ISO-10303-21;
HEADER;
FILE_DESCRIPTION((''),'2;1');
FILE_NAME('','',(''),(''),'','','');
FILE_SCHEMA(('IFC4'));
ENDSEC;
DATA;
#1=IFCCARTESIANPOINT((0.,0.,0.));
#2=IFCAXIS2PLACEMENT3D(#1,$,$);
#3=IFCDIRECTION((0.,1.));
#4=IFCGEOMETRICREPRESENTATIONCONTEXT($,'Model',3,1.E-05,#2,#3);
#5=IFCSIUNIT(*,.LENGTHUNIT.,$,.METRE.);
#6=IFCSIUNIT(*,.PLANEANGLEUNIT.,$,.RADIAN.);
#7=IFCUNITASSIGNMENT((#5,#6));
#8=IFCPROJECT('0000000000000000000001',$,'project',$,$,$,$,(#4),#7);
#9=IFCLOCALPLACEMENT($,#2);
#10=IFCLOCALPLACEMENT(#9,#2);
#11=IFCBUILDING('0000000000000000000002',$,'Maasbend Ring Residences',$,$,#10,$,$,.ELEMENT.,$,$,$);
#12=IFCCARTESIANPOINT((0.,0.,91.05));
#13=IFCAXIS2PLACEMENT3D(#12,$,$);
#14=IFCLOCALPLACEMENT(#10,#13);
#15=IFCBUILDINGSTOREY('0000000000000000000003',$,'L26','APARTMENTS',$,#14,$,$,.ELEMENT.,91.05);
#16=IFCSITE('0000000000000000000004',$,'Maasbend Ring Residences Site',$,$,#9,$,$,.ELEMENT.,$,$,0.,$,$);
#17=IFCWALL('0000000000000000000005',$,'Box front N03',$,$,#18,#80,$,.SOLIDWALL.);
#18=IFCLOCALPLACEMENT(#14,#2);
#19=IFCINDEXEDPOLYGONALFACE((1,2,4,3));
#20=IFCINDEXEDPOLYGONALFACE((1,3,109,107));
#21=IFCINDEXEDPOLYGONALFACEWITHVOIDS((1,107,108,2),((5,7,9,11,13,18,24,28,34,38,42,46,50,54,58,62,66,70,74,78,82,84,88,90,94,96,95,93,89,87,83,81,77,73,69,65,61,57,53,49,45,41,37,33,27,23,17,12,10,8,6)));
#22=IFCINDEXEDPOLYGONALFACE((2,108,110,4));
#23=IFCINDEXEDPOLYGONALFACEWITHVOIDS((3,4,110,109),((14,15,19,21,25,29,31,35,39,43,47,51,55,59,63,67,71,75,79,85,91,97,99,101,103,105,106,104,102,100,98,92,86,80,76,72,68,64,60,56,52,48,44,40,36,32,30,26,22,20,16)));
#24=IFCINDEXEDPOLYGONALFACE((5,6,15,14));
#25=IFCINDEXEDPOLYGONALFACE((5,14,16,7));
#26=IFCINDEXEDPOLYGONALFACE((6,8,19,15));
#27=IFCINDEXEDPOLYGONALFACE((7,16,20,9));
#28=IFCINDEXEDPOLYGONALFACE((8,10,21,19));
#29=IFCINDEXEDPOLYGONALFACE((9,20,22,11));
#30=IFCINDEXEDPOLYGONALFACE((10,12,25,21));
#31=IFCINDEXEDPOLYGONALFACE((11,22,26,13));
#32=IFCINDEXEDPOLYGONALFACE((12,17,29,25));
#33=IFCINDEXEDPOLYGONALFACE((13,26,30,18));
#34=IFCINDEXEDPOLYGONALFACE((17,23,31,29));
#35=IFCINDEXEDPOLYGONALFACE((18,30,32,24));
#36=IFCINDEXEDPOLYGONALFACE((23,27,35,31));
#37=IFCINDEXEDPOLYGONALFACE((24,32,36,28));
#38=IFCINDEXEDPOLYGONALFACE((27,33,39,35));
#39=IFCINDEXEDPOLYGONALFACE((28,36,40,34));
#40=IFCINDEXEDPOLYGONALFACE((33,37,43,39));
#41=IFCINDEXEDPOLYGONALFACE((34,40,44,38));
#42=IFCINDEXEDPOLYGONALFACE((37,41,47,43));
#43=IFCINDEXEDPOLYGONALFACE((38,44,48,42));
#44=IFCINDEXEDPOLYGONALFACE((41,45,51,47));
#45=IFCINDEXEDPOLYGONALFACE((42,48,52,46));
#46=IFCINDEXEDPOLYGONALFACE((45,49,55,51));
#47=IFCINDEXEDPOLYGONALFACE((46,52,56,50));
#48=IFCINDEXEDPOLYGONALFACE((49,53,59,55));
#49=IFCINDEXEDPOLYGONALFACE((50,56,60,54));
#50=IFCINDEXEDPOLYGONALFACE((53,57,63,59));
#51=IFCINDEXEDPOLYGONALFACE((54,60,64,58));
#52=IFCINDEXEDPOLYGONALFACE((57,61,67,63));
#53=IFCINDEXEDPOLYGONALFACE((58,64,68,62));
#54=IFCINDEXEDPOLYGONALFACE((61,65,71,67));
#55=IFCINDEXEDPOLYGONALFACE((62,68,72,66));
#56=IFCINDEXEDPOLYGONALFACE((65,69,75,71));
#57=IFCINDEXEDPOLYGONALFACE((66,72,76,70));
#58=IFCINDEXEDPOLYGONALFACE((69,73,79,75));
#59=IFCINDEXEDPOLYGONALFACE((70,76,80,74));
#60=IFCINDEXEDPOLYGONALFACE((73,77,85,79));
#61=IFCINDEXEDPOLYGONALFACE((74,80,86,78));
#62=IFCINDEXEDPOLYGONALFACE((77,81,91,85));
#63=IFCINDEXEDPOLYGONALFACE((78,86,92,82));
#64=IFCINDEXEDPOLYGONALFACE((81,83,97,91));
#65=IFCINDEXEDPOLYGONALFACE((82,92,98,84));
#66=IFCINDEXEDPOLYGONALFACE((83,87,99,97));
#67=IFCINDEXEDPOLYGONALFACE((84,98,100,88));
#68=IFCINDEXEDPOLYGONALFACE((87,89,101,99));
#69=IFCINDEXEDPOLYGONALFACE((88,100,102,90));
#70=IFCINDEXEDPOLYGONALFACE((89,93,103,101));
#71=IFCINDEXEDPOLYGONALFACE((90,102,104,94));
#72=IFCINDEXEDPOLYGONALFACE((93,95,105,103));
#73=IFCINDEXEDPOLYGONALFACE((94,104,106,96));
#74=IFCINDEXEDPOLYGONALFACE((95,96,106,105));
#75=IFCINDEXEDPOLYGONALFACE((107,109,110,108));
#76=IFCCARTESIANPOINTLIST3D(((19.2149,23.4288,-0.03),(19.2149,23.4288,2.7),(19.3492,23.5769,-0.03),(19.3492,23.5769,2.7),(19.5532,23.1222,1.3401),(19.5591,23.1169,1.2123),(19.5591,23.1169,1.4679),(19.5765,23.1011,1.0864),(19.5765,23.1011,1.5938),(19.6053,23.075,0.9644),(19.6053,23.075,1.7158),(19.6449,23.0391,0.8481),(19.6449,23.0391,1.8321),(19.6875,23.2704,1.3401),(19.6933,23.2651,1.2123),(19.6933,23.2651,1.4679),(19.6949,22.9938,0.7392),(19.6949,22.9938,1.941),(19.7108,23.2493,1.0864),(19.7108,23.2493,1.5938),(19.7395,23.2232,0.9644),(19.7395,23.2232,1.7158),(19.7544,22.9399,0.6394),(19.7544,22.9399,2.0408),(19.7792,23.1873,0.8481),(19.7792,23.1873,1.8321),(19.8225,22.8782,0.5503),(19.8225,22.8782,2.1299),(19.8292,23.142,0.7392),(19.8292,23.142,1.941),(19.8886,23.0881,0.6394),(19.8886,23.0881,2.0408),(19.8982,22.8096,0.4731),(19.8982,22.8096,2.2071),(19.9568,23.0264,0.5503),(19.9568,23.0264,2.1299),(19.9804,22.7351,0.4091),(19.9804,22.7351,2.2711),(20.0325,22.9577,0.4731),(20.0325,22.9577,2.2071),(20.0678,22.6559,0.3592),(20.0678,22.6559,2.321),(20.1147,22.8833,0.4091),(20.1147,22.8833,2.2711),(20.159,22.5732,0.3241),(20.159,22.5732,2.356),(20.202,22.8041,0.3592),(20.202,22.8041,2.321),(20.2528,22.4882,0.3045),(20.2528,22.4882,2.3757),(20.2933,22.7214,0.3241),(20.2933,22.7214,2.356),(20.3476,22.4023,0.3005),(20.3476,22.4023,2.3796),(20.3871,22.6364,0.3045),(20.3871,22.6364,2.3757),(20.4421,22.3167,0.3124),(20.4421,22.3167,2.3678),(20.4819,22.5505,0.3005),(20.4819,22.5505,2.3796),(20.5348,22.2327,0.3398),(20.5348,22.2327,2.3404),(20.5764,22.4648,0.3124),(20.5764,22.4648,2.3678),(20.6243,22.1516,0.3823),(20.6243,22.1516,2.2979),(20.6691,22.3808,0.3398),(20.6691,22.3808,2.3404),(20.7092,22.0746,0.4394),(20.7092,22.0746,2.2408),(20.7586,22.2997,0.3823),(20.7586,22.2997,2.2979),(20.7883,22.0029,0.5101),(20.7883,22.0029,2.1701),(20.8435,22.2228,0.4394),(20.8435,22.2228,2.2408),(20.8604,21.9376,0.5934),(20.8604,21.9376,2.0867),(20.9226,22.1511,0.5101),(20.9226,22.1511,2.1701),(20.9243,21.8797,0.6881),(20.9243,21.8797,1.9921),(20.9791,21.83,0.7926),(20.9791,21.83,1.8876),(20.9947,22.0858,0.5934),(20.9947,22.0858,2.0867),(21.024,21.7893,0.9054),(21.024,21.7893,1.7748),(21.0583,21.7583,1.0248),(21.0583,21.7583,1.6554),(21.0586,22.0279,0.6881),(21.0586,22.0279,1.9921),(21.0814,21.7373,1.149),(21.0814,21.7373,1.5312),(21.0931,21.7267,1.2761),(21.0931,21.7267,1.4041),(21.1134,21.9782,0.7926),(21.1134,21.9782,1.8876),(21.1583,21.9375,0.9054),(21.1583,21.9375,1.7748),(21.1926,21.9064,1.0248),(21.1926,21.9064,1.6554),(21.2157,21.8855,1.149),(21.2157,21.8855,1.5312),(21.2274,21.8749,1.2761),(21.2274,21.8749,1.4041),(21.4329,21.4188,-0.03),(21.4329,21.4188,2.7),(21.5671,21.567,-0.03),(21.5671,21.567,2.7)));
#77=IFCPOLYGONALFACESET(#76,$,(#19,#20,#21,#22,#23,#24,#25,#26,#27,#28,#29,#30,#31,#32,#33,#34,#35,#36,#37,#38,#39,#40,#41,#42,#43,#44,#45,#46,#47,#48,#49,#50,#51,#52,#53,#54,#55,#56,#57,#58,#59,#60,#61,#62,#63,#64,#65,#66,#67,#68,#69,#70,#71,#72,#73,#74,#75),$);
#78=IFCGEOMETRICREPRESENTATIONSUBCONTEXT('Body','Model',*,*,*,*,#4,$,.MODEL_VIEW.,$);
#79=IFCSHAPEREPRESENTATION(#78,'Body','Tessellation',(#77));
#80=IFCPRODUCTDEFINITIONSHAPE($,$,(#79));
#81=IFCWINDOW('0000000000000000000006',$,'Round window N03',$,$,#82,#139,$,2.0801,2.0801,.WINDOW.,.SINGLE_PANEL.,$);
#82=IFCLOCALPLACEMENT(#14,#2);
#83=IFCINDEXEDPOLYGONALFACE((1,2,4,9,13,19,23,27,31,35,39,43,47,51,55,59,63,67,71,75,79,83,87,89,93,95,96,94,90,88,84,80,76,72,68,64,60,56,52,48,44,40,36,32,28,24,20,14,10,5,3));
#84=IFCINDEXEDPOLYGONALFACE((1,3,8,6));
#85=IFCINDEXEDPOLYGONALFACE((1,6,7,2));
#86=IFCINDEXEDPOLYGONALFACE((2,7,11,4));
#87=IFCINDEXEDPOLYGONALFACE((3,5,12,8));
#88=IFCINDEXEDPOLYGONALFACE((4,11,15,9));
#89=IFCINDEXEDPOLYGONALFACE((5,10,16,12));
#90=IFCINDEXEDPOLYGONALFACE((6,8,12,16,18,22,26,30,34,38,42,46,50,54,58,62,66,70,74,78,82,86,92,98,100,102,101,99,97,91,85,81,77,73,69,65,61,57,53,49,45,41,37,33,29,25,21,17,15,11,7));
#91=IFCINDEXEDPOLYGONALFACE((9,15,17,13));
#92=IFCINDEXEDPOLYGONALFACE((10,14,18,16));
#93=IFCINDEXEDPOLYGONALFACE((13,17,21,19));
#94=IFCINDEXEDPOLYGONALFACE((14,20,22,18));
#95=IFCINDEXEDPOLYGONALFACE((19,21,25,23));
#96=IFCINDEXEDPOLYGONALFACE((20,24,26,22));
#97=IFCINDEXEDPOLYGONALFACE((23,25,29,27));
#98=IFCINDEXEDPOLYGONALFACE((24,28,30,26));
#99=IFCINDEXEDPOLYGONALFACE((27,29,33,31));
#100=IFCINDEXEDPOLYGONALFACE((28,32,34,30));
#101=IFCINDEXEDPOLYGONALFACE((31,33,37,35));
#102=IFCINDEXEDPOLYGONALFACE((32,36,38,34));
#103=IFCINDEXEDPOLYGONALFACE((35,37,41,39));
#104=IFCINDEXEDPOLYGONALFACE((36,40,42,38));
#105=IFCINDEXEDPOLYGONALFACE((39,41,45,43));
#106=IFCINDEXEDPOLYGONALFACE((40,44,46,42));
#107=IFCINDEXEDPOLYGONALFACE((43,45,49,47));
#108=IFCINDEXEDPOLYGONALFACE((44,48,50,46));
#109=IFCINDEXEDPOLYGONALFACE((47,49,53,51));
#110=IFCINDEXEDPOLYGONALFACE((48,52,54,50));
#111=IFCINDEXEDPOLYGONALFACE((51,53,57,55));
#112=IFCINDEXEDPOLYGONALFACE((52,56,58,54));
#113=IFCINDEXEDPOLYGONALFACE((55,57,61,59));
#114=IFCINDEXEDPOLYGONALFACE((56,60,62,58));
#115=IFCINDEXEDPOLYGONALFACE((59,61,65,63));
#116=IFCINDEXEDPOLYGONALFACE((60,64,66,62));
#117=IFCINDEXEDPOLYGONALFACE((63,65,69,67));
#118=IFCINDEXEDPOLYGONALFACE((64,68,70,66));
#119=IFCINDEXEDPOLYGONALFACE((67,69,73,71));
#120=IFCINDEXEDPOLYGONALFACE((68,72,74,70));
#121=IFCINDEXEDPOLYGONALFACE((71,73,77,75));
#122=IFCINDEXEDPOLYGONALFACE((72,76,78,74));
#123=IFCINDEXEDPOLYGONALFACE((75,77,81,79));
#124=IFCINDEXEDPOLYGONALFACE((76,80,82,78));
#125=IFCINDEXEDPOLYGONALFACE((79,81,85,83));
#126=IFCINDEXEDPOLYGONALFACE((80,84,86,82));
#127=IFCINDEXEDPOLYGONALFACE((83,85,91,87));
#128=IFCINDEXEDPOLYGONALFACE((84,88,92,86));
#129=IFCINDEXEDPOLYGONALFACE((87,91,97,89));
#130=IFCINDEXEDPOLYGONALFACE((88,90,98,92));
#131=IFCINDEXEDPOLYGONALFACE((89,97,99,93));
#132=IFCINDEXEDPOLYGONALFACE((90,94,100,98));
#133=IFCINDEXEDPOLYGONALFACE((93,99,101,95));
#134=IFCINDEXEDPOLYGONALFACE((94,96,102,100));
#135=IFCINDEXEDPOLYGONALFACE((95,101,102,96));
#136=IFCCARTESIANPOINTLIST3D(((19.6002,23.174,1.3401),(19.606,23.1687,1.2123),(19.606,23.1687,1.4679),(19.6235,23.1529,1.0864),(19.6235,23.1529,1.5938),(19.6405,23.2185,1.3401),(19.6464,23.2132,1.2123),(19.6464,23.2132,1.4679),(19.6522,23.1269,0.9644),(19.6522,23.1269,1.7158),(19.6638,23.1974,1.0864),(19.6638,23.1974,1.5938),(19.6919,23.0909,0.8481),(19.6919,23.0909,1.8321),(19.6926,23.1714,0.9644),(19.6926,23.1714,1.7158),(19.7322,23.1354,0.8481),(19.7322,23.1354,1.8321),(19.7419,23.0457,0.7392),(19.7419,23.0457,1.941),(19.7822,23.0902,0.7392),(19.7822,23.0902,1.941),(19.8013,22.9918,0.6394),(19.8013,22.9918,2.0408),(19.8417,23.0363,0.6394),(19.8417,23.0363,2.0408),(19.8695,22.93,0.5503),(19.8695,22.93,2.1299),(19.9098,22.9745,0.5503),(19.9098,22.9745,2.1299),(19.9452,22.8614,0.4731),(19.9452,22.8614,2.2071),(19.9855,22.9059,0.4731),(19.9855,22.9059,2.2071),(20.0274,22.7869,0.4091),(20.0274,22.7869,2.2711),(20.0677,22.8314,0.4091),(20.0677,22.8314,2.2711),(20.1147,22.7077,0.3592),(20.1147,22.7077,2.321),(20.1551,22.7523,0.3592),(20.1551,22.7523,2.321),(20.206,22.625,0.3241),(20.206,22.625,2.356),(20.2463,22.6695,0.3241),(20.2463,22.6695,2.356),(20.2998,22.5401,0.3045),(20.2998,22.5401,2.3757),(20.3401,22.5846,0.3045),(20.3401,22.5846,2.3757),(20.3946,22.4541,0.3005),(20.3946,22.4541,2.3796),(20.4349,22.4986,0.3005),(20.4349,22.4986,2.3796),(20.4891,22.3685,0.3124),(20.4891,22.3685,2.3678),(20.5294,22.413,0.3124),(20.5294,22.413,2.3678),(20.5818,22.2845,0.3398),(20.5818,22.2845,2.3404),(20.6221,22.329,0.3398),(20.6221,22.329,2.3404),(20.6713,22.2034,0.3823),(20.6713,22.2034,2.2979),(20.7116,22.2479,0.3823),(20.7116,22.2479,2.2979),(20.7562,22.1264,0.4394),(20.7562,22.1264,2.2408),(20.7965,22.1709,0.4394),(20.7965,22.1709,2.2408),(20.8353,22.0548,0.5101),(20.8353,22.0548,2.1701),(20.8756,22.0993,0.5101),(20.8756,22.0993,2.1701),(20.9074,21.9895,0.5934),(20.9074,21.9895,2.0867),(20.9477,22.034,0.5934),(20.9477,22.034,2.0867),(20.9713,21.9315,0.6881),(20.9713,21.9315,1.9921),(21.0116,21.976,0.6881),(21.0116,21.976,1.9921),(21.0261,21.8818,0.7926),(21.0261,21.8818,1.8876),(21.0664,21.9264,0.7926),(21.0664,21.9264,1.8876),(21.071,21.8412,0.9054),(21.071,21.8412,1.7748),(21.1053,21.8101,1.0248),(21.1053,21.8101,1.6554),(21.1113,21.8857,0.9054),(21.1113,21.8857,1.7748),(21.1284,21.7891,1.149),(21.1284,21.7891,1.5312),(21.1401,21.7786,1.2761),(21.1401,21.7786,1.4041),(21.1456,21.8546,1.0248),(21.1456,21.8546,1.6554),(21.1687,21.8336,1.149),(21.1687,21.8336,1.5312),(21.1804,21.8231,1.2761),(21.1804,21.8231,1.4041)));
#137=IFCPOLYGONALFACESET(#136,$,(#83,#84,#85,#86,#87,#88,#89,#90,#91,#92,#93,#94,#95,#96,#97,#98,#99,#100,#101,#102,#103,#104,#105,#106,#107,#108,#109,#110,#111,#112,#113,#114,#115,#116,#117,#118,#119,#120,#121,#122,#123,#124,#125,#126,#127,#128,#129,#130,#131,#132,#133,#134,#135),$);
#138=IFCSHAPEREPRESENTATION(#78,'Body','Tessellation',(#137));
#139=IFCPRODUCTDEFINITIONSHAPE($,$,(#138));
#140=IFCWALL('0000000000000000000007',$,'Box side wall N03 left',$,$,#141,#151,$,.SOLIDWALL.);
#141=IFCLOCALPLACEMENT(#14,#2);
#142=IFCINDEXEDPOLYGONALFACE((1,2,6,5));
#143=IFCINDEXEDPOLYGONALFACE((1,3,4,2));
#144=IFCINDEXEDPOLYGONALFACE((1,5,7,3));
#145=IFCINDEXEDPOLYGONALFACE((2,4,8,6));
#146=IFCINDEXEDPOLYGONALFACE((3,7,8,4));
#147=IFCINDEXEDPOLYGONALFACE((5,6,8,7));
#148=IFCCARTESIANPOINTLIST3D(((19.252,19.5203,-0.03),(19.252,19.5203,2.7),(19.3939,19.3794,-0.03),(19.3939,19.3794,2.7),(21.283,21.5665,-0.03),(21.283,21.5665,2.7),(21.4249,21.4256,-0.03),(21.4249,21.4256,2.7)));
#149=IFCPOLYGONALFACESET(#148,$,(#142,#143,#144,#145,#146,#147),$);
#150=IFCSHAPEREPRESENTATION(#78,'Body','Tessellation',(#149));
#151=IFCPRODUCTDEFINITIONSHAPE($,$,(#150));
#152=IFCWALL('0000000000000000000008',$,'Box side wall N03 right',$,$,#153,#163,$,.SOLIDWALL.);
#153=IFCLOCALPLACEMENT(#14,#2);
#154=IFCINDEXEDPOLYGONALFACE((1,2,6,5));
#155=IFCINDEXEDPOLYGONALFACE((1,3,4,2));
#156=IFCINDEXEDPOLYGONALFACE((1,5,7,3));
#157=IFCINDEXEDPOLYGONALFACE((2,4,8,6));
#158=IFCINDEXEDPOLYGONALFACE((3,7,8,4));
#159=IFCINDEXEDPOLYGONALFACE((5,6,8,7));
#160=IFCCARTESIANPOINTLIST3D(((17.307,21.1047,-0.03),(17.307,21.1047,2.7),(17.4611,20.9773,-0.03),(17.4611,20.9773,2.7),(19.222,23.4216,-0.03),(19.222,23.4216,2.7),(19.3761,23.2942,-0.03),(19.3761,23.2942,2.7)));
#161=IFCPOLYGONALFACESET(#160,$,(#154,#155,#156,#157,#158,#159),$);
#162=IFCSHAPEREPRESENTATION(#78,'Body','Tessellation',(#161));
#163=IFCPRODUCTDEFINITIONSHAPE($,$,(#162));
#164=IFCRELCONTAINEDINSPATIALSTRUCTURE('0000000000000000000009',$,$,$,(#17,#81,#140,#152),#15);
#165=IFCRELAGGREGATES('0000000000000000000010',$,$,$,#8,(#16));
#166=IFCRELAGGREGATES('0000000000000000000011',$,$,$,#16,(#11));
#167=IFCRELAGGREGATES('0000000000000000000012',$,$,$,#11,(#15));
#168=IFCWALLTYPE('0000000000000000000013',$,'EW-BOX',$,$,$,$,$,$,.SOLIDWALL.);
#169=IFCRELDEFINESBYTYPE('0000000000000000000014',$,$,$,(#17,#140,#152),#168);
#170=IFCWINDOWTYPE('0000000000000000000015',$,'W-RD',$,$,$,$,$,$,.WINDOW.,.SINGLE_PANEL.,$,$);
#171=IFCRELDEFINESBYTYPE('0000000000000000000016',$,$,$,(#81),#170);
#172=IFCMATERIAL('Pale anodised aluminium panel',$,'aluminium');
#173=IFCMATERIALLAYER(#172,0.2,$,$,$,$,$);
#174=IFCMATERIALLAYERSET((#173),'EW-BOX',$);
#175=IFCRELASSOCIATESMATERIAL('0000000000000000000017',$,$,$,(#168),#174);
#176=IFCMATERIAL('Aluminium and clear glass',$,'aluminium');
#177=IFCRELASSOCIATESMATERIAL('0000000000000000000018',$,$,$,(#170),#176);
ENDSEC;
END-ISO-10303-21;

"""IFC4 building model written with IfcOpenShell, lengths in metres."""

from ifc_helpers import new_model, si_unit, direction, frame, frame_2d, origin, place, context, subcontext, project, spatial, rectangle, circle, extrude, material, layer, layer_set, type_object, element, fill, save


model = new_model("IFC4")

# Units and contexts
model_context = context("Model", 3, precision=1e-05, world=origin(), true_north=direction((0.0, 1.0)))
body_context = subcontext(model_context, "Body", "Model", "MODEL_VIEW")
ifc_project = project(units=[si_unit("LENGTHUNIT", "METRE"), si_unit("PLANEANGLEUNIT", "RADIAN")], contexts=[model_context])

# Site, building, storey
site_placement = place(None, origin())
site = spatial("IfcSite", under=ifc_project, at=site_placement, Name="Maasbend Ring Residences Site", CompositionType="ELEMENT", RefElevation=0.0)
building_placement = place(site_placement, origin())
building = spatial("IfcBuilding", under=site, at=building_placement, Name="Maasbend Ring Residences", CompositionType="ELEMENT")
storey_placement = place(building_placement, frame((0.0, 0.0, 91.05)))
storey = spatial("IfcBuildingStorey", under=building, at=storey_placement, Name="L26", Description="APARTMENTS", CompositionType="ELEMENT", Elevation=91.05)

# Wall, opening, window
ifc_material_1 = material(Name="Pale anodised aluminium panel", Category="aluminium")
ifc_layer_1 = layer(ifc_material_1, 0.2)
ifc_layer_set_1 = layer_set([ifc_layer_1], Name="EW-BOX")
wall_type_1 = type_object("IfcWallType", Name="EW-BOX", PredefinedType="SOLIDWALL", material=ifc_layer_set_1)
ifc_material_2 = material(Name="Aluminium and clear glass", Category="aluminium")
window_type_1 = type_object("IfcWindowType", Name="W-RD", PartitioningType="SINGLE_PANEL", PredefinedType="WINDOW", material=ifc_material_2)
wall_1_placement = place(storey_placement, frame((21.5, 21.4929, -0.03), z_axis=(0.0, 0.0, 1.0), x_axis=(-0.740998, 0.671507, 0.0)))
wall_1 = element("IfcWall", 1, at=wall_1_placement, inside=storey, type_object=wall_type_1, Name="Box front N03", PredefinedType="SOLIDWALL", context=body_context, shape_type="SweptSolid", body=[
    extrude(rectangle(XDim=2.9932, YDim=0.2, at=frame_2d((1.4966, 0.0))), origin(), (0.0, 0.0, 1.0), 2.73),
])
opening_1_placement = place(wall_1_placement, frame((0.4565, 0.0, 0.3301)))
opening_1 = element("IfcOpeningElement", 2, at=opening_1_placement, cuts=wall_1, PredefinedType="OPENING", context=body_context, shape_type="SweptSolid", body=[
    extrude(circle(Radius=1.04, at=frame_2d((1.04, 1.04))), frame((0.0, 0.1099, 0.0), z_axis=(0.0, -1.0, 0.0), x_axis=(1.0, 0.0, 0.0)), (0.0, 0.0, 1.0), 0.22),
])
window_1_placement = place(opening_1_placement, origin())
window_1 = element("IfcWindow", 3, at=window_1_placement, inside=storey, type_object=window_type_1, Name="Round window N03", OverallHeight=2.0801, OverallWidth=2.0801, PartitioningType="SINGLE_PANEL", PredefinedType="WINDOW", context=body_context, shape_type="SweptSolid", body=[
    extrude(circle(Radius=1.04, at=frame_2d((1.04, 1.04))), frame((0.0, 0.03, 0.0), z_axis=(0.0, -1.0, 0.0), x_axis=(1.0, 0.0, 0.0)), (0.0, 0.0, 1.0), 0.0601),
])
fill(opening_1, window_1)

# Walls
wall_2_placement = place(storey_placement, frame((19.323, 19.45, -0.03), z_axis=(0.0, 0.0, 1.0), x_axis=(0.704477, 0.709727, 0.0)))
element("IfcWall", 4, at=wall_2_placement, inside=storey, type_object=wall_type_1, Name="Box side wall N03 left", PredefinedType="SOLIDWALL", context=body_context, shape_type="SweptSolid", body=[
    extrude(rectangle(XDim=2.8831, YDim=0.2, at=frame_2d((1.4414, 0.0))), origin(), (0.0, 0.0, 1.0), 2.73),
])
wall_3_placement = place(storey_placement, frame((17.384, 21.041, -0.03), z_axis=(0.0, 0.0, 1.0), x_axis=(0.637096, 0.770785, 0.0)))
element("IfcWall", 5, at=wall_3_placement, inside=storey, type_object=wall_type_1, Name="Box side wall N03 right", PredefinedType="SOLIDWALL", context=body_context, shape_type="SweptSolid", body=[
    extrude(rectangle(XDim=3.0059, YDim=0.2, at=frame_2d((1.5029, 0.0))), origin(), (0.0, 0.0, 1.0), 2.73),
])

save(model, "model.ifc")
